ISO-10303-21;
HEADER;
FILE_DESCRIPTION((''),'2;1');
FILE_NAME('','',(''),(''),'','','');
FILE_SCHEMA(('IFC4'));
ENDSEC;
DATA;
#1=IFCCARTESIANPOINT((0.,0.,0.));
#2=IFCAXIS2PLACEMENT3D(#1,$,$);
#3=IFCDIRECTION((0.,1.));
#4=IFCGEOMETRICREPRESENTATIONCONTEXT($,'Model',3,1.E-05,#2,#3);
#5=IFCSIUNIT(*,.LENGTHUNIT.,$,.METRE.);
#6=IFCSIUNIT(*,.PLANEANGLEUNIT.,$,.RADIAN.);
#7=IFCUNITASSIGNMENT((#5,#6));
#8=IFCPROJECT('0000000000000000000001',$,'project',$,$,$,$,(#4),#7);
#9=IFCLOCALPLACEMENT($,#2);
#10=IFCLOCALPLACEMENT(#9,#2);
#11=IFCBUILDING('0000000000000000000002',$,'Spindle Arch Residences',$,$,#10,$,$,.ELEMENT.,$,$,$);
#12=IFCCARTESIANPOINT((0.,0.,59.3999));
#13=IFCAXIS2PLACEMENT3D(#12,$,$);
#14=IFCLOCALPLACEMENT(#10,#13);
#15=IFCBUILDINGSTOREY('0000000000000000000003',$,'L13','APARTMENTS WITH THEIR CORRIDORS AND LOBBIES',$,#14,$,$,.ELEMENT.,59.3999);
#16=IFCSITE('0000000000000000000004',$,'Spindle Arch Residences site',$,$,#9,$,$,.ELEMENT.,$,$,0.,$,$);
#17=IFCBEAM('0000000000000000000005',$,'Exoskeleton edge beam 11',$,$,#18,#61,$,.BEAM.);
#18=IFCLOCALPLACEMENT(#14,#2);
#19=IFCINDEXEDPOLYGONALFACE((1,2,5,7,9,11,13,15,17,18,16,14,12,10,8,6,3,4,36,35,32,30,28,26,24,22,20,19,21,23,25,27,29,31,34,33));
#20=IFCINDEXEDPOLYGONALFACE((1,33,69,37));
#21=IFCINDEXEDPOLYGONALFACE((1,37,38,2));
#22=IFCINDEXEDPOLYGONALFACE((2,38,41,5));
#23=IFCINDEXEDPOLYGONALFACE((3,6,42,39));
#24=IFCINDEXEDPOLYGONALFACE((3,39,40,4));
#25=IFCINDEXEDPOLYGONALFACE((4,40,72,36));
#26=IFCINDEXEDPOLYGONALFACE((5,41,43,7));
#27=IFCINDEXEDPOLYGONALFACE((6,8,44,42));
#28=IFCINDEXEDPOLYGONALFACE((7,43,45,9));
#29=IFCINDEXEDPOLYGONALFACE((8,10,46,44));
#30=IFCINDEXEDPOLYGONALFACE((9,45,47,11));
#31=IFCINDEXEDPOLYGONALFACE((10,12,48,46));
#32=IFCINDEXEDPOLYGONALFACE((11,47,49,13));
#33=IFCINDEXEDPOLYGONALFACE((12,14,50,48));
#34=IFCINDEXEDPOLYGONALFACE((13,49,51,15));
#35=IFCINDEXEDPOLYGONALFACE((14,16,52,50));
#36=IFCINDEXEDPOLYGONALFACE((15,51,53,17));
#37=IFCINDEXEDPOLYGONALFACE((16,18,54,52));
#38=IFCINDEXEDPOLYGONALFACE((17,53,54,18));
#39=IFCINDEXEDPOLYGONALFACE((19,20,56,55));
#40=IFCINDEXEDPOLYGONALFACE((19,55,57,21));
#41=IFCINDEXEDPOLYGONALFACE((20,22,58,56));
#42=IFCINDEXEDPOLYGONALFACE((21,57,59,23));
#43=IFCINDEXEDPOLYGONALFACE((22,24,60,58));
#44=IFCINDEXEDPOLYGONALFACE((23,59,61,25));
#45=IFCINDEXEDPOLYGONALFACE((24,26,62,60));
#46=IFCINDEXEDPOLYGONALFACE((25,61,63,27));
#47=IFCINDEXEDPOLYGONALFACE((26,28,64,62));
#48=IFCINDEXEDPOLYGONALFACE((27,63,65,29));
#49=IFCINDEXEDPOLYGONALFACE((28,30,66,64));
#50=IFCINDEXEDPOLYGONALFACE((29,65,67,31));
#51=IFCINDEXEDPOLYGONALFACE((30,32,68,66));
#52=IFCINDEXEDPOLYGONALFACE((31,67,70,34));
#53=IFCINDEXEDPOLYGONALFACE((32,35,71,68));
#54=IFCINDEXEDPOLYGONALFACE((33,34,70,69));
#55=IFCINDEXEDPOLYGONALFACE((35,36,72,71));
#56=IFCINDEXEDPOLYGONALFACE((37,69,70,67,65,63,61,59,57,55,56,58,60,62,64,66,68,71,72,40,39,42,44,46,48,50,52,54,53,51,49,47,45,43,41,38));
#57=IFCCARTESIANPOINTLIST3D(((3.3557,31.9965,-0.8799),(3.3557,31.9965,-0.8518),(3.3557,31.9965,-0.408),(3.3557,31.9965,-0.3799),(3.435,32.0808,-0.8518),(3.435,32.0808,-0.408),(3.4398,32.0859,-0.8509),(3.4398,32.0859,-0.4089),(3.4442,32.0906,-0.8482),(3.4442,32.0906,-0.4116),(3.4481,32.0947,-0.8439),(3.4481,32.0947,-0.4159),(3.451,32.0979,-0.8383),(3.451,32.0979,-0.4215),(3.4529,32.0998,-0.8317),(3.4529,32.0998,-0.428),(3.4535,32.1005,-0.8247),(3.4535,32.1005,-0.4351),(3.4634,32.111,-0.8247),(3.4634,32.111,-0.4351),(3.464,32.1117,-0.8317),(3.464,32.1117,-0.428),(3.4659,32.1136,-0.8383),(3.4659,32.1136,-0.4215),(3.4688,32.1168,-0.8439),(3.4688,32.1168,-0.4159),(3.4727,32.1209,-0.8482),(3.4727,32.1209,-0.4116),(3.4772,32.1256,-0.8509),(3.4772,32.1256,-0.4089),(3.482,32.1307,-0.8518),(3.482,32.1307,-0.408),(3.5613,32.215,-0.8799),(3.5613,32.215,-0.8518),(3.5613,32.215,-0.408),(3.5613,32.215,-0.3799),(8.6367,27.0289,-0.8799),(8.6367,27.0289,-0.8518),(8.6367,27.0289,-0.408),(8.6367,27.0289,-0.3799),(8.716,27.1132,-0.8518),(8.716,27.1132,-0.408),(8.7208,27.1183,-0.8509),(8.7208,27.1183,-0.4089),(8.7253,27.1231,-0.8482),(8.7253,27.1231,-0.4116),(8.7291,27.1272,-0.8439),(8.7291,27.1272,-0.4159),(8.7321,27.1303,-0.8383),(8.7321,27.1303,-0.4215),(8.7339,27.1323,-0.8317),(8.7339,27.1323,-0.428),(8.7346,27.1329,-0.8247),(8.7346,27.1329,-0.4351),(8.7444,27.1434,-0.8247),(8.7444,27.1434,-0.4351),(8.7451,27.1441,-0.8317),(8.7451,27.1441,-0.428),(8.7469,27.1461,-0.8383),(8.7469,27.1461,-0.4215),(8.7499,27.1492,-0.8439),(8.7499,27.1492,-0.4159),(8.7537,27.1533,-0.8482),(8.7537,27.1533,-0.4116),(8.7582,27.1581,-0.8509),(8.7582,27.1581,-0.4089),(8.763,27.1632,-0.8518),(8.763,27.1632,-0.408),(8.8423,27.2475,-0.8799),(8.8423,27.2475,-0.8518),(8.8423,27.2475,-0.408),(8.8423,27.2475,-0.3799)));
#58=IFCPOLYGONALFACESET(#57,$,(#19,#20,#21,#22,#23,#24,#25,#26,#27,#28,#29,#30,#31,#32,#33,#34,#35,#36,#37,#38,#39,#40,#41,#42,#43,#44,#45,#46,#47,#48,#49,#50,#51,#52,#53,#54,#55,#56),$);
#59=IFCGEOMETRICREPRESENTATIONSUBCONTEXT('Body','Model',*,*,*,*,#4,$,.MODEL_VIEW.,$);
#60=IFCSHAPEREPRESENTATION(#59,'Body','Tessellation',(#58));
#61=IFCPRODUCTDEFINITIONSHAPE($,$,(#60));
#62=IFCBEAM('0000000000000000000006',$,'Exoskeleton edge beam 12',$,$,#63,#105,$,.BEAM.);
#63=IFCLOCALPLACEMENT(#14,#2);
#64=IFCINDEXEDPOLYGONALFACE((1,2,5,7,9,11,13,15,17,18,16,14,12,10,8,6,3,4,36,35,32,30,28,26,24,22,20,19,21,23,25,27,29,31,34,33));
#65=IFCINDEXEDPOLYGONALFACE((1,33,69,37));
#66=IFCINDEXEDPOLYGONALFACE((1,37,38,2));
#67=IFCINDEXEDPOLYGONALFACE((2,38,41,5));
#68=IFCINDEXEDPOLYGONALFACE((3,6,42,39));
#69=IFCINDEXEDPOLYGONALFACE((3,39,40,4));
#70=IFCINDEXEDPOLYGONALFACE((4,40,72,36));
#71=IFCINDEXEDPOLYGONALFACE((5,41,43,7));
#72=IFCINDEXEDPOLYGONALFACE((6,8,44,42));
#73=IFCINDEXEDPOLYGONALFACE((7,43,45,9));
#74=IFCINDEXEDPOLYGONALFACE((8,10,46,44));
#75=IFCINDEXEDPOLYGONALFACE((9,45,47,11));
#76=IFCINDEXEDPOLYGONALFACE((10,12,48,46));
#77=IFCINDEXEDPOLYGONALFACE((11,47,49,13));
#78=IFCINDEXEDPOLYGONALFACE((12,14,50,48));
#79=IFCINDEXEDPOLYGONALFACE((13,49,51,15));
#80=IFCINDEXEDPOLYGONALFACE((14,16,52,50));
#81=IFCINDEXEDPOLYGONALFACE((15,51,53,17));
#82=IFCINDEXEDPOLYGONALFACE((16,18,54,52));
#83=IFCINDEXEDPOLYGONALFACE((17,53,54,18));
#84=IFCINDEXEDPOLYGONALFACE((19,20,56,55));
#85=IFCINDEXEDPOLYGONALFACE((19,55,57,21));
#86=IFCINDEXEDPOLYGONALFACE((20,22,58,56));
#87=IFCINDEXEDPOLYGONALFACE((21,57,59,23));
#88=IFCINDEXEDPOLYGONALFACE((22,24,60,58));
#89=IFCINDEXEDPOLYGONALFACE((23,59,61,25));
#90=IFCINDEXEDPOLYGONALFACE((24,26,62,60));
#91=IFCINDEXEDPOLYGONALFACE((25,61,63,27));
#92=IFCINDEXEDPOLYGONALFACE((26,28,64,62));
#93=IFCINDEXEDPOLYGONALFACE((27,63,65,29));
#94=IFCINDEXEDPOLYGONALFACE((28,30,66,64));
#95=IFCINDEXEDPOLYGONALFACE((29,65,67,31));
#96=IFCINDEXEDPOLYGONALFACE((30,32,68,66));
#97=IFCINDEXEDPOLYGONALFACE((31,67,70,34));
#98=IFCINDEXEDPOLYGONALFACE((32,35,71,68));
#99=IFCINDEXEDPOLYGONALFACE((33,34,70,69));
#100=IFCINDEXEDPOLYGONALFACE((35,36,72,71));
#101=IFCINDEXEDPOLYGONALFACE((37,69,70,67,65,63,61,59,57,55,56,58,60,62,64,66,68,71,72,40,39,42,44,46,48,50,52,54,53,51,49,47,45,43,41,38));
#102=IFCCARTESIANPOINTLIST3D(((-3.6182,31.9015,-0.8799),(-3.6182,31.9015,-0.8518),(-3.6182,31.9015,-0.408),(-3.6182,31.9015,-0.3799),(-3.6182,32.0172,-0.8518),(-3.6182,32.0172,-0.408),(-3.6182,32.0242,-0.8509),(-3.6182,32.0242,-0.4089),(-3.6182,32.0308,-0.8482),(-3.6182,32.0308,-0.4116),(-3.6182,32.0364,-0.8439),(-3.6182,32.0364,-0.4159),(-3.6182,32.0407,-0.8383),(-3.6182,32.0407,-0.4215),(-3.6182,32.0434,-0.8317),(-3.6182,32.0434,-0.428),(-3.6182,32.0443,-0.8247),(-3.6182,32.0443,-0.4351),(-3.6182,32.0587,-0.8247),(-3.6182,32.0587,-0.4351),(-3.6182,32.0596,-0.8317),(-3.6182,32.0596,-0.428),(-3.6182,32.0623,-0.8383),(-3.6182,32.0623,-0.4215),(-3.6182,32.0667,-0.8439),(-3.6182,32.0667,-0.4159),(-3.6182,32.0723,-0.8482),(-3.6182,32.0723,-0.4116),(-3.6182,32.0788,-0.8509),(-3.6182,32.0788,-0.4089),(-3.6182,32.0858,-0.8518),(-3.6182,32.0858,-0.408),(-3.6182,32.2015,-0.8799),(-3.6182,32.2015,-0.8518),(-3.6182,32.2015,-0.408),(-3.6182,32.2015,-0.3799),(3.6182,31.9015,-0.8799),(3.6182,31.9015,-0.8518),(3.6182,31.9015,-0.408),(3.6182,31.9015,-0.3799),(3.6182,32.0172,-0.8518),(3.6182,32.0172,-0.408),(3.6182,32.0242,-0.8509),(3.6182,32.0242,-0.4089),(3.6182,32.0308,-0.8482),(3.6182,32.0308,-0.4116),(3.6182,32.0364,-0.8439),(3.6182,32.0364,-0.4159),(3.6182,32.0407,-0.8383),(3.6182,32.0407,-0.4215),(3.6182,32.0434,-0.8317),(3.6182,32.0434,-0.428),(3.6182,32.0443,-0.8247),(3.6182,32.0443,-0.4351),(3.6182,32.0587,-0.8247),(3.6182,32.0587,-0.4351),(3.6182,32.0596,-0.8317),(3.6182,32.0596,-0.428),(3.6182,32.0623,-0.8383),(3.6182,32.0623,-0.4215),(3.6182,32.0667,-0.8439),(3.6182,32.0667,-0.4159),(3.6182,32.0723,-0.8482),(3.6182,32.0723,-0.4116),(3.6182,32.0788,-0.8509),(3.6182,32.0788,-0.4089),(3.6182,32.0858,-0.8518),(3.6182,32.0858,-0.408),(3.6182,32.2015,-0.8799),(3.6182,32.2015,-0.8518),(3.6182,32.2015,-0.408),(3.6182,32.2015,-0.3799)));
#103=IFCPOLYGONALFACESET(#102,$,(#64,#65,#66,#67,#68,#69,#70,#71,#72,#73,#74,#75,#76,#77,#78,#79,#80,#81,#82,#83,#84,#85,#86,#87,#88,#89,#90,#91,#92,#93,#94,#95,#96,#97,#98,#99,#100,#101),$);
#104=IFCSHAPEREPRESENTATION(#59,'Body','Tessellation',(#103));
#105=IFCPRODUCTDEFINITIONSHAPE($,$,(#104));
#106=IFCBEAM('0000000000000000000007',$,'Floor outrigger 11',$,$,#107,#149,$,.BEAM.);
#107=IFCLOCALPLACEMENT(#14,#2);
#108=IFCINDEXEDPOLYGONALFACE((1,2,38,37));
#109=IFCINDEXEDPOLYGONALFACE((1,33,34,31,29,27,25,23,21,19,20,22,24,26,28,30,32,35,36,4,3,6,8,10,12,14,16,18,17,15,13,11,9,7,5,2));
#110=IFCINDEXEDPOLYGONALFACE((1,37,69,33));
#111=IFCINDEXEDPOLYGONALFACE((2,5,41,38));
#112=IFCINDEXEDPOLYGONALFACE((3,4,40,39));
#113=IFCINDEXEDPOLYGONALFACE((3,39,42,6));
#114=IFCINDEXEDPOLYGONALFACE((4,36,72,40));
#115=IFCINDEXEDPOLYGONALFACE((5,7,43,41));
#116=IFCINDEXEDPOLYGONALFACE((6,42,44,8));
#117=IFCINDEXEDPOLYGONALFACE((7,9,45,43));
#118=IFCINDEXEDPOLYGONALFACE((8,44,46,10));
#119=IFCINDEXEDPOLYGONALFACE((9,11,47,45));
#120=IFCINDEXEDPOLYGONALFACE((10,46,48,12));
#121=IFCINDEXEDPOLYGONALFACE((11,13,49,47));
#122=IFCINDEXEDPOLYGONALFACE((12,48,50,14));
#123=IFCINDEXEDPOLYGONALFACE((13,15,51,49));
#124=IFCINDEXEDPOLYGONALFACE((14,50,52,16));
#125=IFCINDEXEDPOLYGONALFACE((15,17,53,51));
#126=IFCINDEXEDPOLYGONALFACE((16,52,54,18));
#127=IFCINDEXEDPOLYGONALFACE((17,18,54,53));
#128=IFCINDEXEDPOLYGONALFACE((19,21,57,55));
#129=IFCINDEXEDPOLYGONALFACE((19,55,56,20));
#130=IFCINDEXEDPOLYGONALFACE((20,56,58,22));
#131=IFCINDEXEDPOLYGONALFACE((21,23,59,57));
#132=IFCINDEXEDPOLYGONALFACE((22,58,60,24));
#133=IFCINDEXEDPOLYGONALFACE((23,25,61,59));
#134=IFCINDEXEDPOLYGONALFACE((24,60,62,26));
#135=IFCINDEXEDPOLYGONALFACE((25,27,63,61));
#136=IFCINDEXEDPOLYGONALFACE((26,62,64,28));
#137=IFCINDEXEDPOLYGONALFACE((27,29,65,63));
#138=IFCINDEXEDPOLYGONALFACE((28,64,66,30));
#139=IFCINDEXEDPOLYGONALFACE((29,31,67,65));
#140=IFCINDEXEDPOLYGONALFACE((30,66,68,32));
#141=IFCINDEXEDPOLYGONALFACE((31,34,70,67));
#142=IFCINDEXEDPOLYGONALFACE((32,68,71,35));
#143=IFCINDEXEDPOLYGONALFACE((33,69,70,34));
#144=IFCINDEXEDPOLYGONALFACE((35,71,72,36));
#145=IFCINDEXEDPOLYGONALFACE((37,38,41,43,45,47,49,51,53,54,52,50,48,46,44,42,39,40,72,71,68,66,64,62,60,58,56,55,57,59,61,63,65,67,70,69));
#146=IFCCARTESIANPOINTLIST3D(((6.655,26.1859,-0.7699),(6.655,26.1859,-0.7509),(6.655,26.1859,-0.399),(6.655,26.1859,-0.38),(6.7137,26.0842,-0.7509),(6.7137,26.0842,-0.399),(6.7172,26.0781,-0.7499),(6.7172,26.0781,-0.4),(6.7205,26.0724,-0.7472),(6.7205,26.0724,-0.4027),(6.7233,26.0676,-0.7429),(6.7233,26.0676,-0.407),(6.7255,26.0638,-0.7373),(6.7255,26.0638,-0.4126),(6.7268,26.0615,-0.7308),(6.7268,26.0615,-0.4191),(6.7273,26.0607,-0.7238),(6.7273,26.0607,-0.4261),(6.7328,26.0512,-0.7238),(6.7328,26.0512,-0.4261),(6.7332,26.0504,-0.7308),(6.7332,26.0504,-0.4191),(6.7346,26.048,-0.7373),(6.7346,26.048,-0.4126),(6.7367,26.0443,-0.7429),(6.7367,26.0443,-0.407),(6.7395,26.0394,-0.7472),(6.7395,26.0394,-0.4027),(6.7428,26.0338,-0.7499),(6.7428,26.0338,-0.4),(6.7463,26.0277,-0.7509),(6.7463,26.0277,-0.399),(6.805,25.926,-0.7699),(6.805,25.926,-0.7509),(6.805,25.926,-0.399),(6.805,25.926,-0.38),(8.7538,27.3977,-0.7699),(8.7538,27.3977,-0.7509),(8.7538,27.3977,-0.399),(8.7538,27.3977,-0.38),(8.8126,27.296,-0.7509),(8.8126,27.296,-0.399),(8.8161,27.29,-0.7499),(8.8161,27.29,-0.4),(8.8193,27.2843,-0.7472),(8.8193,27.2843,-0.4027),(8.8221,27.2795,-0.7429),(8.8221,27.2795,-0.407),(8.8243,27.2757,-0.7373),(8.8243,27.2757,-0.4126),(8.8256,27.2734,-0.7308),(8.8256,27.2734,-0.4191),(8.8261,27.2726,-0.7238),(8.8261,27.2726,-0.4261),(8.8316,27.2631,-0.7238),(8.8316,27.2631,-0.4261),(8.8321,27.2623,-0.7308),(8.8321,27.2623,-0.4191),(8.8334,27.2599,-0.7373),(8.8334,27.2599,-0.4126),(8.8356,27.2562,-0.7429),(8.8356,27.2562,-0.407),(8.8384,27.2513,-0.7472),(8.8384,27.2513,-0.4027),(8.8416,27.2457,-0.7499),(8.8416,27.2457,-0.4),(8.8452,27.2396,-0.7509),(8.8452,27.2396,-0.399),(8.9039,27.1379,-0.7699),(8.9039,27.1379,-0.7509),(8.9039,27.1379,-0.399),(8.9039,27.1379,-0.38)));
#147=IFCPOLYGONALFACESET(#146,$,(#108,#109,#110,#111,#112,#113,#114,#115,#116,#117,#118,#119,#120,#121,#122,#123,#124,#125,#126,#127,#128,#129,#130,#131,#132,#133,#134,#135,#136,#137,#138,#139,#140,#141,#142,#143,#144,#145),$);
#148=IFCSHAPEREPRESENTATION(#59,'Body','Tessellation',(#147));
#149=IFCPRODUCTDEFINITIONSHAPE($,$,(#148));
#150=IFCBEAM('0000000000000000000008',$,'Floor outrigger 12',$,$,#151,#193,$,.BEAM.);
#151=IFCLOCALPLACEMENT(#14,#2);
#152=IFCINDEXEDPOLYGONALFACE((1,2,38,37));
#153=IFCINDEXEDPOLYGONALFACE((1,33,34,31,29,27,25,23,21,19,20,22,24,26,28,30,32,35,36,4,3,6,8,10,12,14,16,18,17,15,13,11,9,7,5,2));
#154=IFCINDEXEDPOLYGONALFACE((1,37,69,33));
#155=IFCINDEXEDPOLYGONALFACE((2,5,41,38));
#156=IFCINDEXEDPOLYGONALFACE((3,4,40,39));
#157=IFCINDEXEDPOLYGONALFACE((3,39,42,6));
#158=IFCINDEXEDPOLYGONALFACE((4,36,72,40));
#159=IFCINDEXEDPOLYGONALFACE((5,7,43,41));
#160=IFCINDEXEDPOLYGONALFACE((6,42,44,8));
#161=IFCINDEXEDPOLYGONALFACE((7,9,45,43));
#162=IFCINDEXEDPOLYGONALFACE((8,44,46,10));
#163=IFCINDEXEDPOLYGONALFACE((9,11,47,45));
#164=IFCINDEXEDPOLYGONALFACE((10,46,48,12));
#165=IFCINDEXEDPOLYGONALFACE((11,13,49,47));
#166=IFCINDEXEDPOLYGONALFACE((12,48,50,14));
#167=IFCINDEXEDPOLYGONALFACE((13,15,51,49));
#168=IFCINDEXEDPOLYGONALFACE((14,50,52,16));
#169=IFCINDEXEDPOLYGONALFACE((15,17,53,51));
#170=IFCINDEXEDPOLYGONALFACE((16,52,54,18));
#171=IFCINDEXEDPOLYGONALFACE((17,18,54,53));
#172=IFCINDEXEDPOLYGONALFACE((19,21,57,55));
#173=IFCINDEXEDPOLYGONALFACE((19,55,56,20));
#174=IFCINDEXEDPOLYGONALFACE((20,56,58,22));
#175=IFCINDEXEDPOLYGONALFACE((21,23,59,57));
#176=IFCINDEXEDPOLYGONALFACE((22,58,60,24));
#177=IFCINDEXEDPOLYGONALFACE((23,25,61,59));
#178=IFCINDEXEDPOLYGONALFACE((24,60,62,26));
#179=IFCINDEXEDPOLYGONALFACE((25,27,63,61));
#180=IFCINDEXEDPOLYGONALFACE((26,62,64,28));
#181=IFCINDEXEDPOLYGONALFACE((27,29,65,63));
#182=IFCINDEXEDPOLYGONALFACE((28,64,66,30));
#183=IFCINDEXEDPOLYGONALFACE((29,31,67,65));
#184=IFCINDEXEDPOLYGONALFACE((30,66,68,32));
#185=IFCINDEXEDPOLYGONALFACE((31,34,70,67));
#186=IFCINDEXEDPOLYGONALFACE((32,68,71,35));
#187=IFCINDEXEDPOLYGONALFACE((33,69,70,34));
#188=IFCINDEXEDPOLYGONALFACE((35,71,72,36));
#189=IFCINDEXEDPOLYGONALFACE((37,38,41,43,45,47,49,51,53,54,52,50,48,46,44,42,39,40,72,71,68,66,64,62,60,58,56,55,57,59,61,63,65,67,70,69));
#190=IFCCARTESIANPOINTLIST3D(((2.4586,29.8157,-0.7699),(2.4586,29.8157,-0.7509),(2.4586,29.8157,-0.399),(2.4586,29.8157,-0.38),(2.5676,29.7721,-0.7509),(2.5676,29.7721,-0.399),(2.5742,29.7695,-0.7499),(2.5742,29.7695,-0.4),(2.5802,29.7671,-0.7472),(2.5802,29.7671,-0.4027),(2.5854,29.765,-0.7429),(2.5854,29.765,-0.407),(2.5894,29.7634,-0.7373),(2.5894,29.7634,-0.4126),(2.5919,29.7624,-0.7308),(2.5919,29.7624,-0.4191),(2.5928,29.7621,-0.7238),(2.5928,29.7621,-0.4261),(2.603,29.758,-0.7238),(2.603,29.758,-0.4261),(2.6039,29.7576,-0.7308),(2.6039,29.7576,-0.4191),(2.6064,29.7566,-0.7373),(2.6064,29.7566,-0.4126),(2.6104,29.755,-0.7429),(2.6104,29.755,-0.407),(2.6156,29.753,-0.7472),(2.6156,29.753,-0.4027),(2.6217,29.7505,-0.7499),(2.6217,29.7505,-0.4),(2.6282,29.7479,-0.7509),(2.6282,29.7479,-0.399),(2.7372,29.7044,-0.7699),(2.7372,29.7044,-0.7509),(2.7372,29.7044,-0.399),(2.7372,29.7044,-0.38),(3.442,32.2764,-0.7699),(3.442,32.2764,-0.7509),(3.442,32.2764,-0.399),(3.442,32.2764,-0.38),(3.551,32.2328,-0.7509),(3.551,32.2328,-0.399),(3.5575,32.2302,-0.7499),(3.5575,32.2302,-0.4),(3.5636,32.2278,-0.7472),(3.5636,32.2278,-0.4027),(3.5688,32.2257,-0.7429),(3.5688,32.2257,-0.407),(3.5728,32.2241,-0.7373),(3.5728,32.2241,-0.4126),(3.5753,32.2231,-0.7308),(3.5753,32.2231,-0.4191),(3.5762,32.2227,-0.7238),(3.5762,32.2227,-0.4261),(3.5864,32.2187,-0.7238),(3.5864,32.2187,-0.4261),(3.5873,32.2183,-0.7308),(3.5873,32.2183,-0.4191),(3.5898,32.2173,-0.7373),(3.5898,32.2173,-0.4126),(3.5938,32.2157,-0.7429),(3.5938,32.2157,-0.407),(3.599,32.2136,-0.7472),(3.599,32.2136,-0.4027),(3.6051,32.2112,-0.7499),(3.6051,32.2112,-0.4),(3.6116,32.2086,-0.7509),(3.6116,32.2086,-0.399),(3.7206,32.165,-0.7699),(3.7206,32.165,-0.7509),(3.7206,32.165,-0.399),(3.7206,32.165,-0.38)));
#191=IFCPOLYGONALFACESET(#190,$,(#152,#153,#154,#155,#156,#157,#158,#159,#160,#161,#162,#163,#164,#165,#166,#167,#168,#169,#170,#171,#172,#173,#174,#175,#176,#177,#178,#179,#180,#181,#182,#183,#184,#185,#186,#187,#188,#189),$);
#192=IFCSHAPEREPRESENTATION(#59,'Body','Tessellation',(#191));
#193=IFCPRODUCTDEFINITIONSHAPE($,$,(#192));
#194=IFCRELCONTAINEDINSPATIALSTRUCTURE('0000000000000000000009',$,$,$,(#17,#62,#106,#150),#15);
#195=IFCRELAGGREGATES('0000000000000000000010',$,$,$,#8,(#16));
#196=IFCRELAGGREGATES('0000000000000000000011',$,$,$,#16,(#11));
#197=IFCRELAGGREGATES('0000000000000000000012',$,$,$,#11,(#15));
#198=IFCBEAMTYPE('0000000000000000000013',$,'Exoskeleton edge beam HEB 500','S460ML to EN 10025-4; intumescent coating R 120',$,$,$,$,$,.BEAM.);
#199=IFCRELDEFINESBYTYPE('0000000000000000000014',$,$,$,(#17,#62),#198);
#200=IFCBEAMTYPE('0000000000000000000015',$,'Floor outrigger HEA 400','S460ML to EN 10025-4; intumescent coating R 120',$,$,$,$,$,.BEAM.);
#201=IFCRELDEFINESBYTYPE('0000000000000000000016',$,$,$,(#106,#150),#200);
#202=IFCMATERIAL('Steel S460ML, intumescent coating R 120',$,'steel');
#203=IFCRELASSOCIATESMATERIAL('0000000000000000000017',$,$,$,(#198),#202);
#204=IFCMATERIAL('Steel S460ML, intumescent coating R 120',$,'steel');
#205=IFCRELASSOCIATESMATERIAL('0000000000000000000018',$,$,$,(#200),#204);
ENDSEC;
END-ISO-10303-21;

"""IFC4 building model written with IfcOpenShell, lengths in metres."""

from ifc_helpers import new_model, si_unit, direction, frame, origin, origin_2d, place, context, subcontext, project, spatial, i_section, extrude, material, material_profile, profile_set, type_object, element, save


model = new_model("IFC4")

# Units and contexts
model_context = context("Model", 3, precision=1e-05, world=origin(), true_north=direction((0.0, 1.0)))
body_context = subcontext(model_context, "Body", "Model", "MODEL_VIEW")
ifc_project = project(units=[si_unit("LENGTHUNIT", "METRE"), si_unit("PLANEANGLEUNIT", "RADIAN")], contexts=[model_context])

# Site, building, storey
site_placement = place(None, origin())
site = spatial("IfcSite", under=ifc_project, at=site_placement, Name="Spindle Arch Residences site", CompositionType="ELEMENT", RefElevation=0.0)
building_placement = place(site_placement, origin())
building = spatial("IfcBuilding", under=site, at=building_placement, Name="Spindle Arch Residences", CompositionType="ELEMENT")
storey_placement = place(building_placement, frame((0.0, 0.0, 59.3999)))
storey = spatial("IfcBuildingStorey", under=building, at=storey_placement, Name="L13", Description="APARTMENTS WITH THEIR CORRIDORS AND LOBBIES", CompositionType="ELEMENT", Elevation=59.3999)

# Beams
ifc_material_1 = material(Name="Steel S460ML, intumescent coating R 120", Category="steel")
ifc_material_profile_1 = material_profile(ifc_material_1, i_section(OverallWidth=0.3, OverallDepth=0.5, WebThickness=0.0144, FlangeThickness=0.0281, FilletRadius=0.0271, at=origin_2d()), Name="HEB 500")
ifc_profile_set_1 = profile_set([ifc_material_profile_1], Name="Steel S460ML, intumescent coating R 120")
beam_type_1 = type_object("IfcBeamType", Name="Exoskeleton edge beam HEB 500", Description="S460ML to EN 10025-4; intumescent coating R 120", PredefinedType="BEAM", material=ifc_profile_set_1)
beam_1_placement = place(storey_placement, frame((8.7395, 27.1382, -0.6299), z_axis=(-0.728395, 0.685158, 0.0), x_axis=(-0.685158, -0.728395, 0.0)))
element("IfcBeam", 1, at=beam_1_placement, inside=storey, type_object=beam_type_1, Name="Exoskeleton edge beam 11", PredefinedType="BEAM", context=body_context, shape_type="SweptSolid", body=[
    extrude(i_section(OverallWidth=0.3, OverallDepth=0.5, WebThickness=0.0144, FlangeThickness=0.0281, FilletRadius=0.0271, at=origin_2d()), origin(), (0.0, 0.0, 1.0), 7.2502),
])
beam_2_placement = place(storey_placement, frame((3.6182, 32.0515, -0.6299), z_axis=(-1.0, 0.0, 0.0), x_axis=(0.0, -1.0, 0.0)))
element("IfcBeam", 2, at=beam_2_placement, inside=storey, type_object=beam_type_1, Name="Exoskeleton edge beam 12", PredefinedType="BEAM", context=body_context, shape_type="SweptSolid", body=[
    extrude(i_section(OverallWidth=0.3, OverallDepth=0.5, WebThickness=0.0144, FlangeThickness=0.0281, FilletRadius=0.0271, at=origin_2d()), origin(), (0.0, 0.0, 1.0), 7.2363),
])
ifc_material_2 = material(Name="Steel S460ML, intumescent coating R 120", Category="steel")
ifc_material_profile_2 = material_profile(ifc_material_2, i_section(OverallWidth=0.3, OverallDepth=0.3899, WebThickness=0.011, FlangeThickness=0.019, FilletRadius=0.0271, at=origin_2d()), Name="HEA 400")
ifc_profile_set_2 = profile_set([ifc_material_profile_2], Name="Steel S460ML, intumescent coating R 120")
beam_type_2 = type_object("IfcBeamType", Name="Floor outrigger HEA 400", Description="S460ML to EN 10025-4; intumescent coating R 120", PredefinedType="BEAM", material=ifc_profile_set_2)
beam_3_placement = place(storey_placement, frame((8.8289, 27.2678, -0.575), z_axis=(-0.866003, -0.500039, 0.0), x_axis=(0.500039, -0.866003, 0.0)))
element("IfcBeam", 3, at=beam_3_placement, inside=storey, type_object=beam_type_2, Name="Floor outrigger 11", PredefinedType="BEAM", context=body_context, shape_type="SweptSolid", body=[
    extrude(i_section(OverallWidth=0.3, OverallDepth=0.3899, WebThickness=0.011, FlangeThickness=0.019, FilletRadius=0.0271, at=origin_2d()), origin(), (0.0, 0.0, 1.0), 2.4236),
])
beam_4_placement = place(storey_placement, frame((3.5813, 32.2207, -0.575), z_axis=(-0.371105, -0.928591, 0.0), x_axis=(0.928591, -0.371105, 0.0)))
element("IfcBeam", 4, at=beam_4_placement, inside=storey, type_object=beam_type_2, Name="Floor outrigger 12", PredefinedType="BEAM", context=body_context, shape_type="SweptSolid", body=[
    extrude(i_section(OverallWidth=0.3, OverallDepth=0.3899, WebThickness=0.011, FlangeThickness=0.019, FilletRadius=0.0271, at=origin_2d()), origin(), (0.0, 0.0, 1.0), 2.6499),
])

save(model, "model.ifc")
